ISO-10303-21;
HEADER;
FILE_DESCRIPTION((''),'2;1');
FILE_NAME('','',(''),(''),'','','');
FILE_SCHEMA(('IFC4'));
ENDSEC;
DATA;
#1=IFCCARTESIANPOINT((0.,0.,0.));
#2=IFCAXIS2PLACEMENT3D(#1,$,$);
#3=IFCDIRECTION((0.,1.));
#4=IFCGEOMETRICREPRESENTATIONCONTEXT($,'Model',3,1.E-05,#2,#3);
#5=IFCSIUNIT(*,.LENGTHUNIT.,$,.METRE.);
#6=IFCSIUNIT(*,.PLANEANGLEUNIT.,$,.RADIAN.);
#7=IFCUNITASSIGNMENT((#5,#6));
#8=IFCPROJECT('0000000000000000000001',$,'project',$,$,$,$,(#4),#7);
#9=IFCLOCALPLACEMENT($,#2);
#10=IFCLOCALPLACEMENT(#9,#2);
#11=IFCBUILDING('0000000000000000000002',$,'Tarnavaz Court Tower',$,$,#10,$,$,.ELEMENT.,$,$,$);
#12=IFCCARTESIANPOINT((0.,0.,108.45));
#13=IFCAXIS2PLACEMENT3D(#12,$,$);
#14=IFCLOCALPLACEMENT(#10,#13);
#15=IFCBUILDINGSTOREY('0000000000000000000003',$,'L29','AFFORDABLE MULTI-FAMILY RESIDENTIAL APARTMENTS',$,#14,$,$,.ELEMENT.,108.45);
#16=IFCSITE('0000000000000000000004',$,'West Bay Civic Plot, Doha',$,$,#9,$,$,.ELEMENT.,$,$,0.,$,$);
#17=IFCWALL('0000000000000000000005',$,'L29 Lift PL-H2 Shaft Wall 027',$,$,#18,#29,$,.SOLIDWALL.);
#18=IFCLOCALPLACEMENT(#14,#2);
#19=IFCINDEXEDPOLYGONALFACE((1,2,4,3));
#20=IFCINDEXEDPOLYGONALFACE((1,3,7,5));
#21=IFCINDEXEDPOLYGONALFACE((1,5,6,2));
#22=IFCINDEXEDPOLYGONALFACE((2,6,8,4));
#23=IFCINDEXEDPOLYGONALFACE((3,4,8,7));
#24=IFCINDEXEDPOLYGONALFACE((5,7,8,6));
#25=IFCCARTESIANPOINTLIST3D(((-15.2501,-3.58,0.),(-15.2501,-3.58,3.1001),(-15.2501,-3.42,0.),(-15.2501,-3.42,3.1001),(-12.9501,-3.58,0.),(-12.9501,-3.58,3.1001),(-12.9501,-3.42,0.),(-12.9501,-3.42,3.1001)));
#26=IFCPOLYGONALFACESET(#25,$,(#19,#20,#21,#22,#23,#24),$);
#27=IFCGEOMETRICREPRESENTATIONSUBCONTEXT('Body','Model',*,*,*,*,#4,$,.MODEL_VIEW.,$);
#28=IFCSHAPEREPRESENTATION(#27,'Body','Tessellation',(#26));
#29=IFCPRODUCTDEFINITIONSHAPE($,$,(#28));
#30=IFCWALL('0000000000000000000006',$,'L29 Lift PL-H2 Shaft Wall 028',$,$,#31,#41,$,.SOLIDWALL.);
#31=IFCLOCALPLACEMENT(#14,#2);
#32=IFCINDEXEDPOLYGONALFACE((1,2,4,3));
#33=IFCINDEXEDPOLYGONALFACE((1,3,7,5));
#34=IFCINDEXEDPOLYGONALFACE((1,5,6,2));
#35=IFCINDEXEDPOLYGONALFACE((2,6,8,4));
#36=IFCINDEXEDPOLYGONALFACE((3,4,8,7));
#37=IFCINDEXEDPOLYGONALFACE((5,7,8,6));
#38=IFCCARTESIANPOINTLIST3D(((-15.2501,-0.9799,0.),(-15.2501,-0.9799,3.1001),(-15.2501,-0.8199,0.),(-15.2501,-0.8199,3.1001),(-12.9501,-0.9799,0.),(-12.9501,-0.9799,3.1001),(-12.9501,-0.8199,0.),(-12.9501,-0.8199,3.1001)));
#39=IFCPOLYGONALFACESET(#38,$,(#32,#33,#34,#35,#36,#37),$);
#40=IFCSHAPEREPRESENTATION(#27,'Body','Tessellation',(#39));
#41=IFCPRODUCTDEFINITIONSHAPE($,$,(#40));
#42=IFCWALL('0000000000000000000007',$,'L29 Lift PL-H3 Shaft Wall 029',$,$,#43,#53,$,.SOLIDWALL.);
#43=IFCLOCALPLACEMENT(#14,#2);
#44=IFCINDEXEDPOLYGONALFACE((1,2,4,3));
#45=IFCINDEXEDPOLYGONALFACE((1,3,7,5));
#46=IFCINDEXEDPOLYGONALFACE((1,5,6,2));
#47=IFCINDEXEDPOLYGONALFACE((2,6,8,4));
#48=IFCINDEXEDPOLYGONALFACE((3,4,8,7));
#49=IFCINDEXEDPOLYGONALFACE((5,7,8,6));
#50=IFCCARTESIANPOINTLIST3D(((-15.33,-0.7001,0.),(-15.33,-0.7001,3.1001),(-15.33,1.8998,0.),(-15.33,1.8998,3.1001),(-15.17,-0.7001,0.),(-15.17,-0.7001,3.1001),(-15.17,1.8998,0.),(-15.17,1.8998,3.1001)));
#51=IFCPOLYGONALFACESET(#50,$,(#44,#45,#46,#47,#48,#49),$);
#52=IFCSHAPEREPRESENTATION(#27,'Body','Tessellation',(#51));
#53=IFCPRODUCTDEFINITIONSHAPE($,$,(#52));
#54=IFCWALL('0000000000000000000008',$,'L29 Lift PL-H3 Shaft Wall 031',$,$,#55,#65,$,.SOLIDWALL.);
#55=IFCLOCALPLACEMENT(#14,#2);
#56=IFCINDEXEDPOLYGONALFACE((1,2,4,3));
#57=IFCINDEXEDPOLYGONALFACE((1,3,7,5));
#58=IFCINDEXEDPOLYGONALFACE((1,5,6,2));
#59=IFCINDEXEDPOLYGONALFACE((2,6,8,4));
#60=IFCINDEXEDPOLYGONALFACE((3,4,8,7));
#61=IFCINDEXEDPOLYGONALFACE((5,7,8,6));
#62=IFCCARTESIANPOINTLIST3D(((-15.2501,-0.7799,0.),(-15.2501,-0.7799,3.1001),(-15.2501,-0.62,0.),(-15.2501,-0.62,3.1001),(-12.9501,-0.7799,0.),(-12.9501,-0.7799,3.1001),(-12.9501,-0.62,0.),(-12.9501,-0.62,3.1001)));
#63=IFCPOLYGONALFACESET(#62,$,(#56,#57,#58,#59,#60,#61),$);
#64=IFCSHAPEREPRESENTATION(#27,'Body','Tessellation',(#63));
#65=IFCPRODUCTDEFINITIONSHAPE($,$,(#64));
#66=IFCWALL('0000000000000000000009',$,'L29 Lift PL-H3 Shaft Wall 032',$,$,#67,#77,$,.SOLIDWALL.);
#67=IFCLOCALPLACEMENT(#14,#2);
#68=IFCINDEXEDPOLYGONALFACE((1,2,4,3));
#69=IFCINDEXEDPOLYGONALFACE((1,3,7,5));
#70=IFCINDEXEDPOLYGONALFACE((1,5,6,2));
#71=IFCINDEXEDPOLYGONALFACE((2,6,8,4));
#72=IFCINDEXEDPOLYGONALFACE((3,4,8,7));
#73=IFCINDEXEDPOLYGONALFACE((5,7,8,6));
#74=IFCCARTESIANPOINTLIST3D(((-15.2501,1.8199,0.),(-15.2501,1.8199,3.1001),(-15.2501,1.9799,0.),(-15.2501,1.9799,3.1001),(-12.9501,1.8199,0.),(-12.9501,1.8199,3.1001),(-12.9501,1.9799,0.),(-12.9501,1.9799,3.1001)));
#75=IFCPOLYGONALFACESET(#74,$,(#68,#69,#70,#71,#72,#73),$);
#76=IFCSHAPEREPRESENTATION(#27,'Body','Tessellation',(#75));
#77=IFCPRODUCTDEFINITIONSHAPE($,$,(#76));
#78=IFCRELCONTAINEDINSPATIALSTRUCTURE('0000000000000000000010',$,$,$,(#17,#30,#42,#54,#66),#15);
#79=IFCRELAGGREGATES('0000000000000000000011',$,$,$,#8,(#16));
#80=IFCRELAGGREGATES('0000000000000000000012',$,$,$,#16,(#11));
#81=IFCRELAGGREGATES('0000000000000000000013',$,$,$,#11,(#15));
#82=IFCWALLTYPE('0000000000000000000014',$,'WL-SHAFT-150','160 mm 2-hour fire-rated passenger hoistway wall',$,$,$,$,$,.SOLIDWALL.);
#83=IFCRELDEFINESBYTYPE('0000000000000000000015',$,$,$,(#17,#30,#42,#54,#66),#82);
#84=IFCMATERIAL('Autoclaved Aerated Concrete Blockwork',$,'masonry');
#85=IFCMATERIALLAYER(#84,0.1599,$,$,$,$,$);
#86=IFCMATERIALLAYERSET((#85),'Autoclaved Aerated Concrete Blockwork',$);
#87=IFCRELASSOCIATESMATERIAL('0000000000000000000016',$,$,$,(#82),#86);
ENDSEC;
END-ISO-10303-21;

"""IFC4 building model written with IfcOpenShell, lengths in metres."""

from ifc_helpers import new_model, si_unit, direction, frame, frame_2d, origin, place, context, subcontext, project, spatial, rectangle, extrude, material, layer, layer_set, type_object, element, save


model = new_model("IFC4")

# Units and contexts
model_context = context("Model", 3, precision=1e-05, world=origin(), true_north=direction((0.0, 1.0)))
body_context = subcontext(model_context, "Body", "Model", "MODEL_VIEW")
ifc_project = project(units=[si_unit("LENGTHUNIT", "METRE"), si_unit("PLANEANGLEUNIT", "RADIAN")], contexts=[model_context])

# Site, building, storey
site_placement = place(None, origin())
site = spatial("IfcSite", under=ifc_project, at=site_placement, Name="West Bay Civic Plot, Doha", CompositionType="ELEMENT", RefElevation=0.0)
building_placement = place(site_placement, origin())
building = spatial("IfcBuilding", under=site, at=building_placement, Name="Tarnavaz Court Tower", CompositionType="ELEMENT")
storey_placement = place(building_placement, frame((0.0, 0.0, 108.45)))
storey = spatial("IfcBuildingStorey", under=building, at=storey_placement, Name="L29", Description="AFFORDABLE MULTI-FAMILY RESIDENTIAL APARTMENTS", CompositionType="ELEMENT", Elevation=108.45)

# Walls
ifc_material_1 = material(Name="Autoclaved Aerated Concrete Blockwork", Category="masonry")
ifc_layer_1 = layer(ifc_material_1, 0.1599)
ifc_layer_set_1 = layer_set([ifc_layer_1], Name="Autoclaved Aerated Concrete Blockwork")
wall_type_1 = type_object("IfcWallType", Name="WL-SHAFT-150", Description="160 mm 2-hour fire-rated passenger hoistway wall", PredefinedType="SOLIDWALL", material=ifc_layer_set_1)
for number, where, z_axis, x_axis, name in (
    (1, (-15.25, -3.5, 0.0), (0.0, 0.0, 1.0), (1.0, 0.0, 0.0), "L29 Lift PL-H2 Shaft Wall 027"),
    (2, (-15.25, -0.8999, 0.0), (0.0, 0.0, 1.0), (1.0, 0.0, 0.0), "L29 Lift PL-H2 Shaft Wall 028"),
):
    element("IfcWall", number, at=place(storey_placement, frame(where, z_axis=z_axis, x_axis=x_axis)), inside=storey, type_object=wall_type_1, Name=name, PredefinedType="SOLIDWALL", context=body_context, shape_type="SweptSolid", body=[
        extrude(rectangle(XDim=2.3, YDim=0.1599, at=frame_2d((1.1499, 0.0))), origin(), (0.0, 0.0, 1.0), 3.1001),
    ])
wall_1_placement = place(storey_placement, frame((-15.25, -0.7, 0.0), z_axis=(0.0, 0.0, 1.0), x_axis=(0.0, 1.0, 0.0)))
element("IfcWall", 3, at=wall_1_placement, inside=storey, type_object=wall_type_1, Name="L29 Lift PL-H3 Shaft Wall 029", PredefinedType="SOLIDWALL", context=body_context, shape_type="SweptSolid", body=[
    extrude(rectangle(XDim=2.5999, YDim=0.1599, at=frame_2d((1.2998, 0.0))), origin(), (0.0, 0.0, 1.0), 3.1001),
])
for number, where, z_axis, x_axis, name in (
    (4, (-15.25, -0.7, 0.0), (0.0, 0.0, 1.0), (1.0, 0.0, 0.0), "L29 Lift PL-H3 Shaft Wall 031"),
    (5, (-15.25, 1.8999, 0.0), (0.0, 0.0, 1.0), (1.0, 0.0, 0.0), "L29 Lift PL-H3 Shaft Wall 032"),
):
    element("IfcWall", number, at=place(storey_placement, frame(where, z_axis=z_axis, x_axis=x_axis)), inside=storey, type_object=wall_type_1, Name=name, PredefinedType="SOLIDWALL", context=body_context, shape_type="SweptSolid", body=[
        extrude(rectangle(XDim=2.3, YDim=0.1599, at=frame_2d((1.1499, 0.0))), origin(), (0.0, 0.0, 1.0), 3.1001),
    ])

save(model, "model.ifc")
